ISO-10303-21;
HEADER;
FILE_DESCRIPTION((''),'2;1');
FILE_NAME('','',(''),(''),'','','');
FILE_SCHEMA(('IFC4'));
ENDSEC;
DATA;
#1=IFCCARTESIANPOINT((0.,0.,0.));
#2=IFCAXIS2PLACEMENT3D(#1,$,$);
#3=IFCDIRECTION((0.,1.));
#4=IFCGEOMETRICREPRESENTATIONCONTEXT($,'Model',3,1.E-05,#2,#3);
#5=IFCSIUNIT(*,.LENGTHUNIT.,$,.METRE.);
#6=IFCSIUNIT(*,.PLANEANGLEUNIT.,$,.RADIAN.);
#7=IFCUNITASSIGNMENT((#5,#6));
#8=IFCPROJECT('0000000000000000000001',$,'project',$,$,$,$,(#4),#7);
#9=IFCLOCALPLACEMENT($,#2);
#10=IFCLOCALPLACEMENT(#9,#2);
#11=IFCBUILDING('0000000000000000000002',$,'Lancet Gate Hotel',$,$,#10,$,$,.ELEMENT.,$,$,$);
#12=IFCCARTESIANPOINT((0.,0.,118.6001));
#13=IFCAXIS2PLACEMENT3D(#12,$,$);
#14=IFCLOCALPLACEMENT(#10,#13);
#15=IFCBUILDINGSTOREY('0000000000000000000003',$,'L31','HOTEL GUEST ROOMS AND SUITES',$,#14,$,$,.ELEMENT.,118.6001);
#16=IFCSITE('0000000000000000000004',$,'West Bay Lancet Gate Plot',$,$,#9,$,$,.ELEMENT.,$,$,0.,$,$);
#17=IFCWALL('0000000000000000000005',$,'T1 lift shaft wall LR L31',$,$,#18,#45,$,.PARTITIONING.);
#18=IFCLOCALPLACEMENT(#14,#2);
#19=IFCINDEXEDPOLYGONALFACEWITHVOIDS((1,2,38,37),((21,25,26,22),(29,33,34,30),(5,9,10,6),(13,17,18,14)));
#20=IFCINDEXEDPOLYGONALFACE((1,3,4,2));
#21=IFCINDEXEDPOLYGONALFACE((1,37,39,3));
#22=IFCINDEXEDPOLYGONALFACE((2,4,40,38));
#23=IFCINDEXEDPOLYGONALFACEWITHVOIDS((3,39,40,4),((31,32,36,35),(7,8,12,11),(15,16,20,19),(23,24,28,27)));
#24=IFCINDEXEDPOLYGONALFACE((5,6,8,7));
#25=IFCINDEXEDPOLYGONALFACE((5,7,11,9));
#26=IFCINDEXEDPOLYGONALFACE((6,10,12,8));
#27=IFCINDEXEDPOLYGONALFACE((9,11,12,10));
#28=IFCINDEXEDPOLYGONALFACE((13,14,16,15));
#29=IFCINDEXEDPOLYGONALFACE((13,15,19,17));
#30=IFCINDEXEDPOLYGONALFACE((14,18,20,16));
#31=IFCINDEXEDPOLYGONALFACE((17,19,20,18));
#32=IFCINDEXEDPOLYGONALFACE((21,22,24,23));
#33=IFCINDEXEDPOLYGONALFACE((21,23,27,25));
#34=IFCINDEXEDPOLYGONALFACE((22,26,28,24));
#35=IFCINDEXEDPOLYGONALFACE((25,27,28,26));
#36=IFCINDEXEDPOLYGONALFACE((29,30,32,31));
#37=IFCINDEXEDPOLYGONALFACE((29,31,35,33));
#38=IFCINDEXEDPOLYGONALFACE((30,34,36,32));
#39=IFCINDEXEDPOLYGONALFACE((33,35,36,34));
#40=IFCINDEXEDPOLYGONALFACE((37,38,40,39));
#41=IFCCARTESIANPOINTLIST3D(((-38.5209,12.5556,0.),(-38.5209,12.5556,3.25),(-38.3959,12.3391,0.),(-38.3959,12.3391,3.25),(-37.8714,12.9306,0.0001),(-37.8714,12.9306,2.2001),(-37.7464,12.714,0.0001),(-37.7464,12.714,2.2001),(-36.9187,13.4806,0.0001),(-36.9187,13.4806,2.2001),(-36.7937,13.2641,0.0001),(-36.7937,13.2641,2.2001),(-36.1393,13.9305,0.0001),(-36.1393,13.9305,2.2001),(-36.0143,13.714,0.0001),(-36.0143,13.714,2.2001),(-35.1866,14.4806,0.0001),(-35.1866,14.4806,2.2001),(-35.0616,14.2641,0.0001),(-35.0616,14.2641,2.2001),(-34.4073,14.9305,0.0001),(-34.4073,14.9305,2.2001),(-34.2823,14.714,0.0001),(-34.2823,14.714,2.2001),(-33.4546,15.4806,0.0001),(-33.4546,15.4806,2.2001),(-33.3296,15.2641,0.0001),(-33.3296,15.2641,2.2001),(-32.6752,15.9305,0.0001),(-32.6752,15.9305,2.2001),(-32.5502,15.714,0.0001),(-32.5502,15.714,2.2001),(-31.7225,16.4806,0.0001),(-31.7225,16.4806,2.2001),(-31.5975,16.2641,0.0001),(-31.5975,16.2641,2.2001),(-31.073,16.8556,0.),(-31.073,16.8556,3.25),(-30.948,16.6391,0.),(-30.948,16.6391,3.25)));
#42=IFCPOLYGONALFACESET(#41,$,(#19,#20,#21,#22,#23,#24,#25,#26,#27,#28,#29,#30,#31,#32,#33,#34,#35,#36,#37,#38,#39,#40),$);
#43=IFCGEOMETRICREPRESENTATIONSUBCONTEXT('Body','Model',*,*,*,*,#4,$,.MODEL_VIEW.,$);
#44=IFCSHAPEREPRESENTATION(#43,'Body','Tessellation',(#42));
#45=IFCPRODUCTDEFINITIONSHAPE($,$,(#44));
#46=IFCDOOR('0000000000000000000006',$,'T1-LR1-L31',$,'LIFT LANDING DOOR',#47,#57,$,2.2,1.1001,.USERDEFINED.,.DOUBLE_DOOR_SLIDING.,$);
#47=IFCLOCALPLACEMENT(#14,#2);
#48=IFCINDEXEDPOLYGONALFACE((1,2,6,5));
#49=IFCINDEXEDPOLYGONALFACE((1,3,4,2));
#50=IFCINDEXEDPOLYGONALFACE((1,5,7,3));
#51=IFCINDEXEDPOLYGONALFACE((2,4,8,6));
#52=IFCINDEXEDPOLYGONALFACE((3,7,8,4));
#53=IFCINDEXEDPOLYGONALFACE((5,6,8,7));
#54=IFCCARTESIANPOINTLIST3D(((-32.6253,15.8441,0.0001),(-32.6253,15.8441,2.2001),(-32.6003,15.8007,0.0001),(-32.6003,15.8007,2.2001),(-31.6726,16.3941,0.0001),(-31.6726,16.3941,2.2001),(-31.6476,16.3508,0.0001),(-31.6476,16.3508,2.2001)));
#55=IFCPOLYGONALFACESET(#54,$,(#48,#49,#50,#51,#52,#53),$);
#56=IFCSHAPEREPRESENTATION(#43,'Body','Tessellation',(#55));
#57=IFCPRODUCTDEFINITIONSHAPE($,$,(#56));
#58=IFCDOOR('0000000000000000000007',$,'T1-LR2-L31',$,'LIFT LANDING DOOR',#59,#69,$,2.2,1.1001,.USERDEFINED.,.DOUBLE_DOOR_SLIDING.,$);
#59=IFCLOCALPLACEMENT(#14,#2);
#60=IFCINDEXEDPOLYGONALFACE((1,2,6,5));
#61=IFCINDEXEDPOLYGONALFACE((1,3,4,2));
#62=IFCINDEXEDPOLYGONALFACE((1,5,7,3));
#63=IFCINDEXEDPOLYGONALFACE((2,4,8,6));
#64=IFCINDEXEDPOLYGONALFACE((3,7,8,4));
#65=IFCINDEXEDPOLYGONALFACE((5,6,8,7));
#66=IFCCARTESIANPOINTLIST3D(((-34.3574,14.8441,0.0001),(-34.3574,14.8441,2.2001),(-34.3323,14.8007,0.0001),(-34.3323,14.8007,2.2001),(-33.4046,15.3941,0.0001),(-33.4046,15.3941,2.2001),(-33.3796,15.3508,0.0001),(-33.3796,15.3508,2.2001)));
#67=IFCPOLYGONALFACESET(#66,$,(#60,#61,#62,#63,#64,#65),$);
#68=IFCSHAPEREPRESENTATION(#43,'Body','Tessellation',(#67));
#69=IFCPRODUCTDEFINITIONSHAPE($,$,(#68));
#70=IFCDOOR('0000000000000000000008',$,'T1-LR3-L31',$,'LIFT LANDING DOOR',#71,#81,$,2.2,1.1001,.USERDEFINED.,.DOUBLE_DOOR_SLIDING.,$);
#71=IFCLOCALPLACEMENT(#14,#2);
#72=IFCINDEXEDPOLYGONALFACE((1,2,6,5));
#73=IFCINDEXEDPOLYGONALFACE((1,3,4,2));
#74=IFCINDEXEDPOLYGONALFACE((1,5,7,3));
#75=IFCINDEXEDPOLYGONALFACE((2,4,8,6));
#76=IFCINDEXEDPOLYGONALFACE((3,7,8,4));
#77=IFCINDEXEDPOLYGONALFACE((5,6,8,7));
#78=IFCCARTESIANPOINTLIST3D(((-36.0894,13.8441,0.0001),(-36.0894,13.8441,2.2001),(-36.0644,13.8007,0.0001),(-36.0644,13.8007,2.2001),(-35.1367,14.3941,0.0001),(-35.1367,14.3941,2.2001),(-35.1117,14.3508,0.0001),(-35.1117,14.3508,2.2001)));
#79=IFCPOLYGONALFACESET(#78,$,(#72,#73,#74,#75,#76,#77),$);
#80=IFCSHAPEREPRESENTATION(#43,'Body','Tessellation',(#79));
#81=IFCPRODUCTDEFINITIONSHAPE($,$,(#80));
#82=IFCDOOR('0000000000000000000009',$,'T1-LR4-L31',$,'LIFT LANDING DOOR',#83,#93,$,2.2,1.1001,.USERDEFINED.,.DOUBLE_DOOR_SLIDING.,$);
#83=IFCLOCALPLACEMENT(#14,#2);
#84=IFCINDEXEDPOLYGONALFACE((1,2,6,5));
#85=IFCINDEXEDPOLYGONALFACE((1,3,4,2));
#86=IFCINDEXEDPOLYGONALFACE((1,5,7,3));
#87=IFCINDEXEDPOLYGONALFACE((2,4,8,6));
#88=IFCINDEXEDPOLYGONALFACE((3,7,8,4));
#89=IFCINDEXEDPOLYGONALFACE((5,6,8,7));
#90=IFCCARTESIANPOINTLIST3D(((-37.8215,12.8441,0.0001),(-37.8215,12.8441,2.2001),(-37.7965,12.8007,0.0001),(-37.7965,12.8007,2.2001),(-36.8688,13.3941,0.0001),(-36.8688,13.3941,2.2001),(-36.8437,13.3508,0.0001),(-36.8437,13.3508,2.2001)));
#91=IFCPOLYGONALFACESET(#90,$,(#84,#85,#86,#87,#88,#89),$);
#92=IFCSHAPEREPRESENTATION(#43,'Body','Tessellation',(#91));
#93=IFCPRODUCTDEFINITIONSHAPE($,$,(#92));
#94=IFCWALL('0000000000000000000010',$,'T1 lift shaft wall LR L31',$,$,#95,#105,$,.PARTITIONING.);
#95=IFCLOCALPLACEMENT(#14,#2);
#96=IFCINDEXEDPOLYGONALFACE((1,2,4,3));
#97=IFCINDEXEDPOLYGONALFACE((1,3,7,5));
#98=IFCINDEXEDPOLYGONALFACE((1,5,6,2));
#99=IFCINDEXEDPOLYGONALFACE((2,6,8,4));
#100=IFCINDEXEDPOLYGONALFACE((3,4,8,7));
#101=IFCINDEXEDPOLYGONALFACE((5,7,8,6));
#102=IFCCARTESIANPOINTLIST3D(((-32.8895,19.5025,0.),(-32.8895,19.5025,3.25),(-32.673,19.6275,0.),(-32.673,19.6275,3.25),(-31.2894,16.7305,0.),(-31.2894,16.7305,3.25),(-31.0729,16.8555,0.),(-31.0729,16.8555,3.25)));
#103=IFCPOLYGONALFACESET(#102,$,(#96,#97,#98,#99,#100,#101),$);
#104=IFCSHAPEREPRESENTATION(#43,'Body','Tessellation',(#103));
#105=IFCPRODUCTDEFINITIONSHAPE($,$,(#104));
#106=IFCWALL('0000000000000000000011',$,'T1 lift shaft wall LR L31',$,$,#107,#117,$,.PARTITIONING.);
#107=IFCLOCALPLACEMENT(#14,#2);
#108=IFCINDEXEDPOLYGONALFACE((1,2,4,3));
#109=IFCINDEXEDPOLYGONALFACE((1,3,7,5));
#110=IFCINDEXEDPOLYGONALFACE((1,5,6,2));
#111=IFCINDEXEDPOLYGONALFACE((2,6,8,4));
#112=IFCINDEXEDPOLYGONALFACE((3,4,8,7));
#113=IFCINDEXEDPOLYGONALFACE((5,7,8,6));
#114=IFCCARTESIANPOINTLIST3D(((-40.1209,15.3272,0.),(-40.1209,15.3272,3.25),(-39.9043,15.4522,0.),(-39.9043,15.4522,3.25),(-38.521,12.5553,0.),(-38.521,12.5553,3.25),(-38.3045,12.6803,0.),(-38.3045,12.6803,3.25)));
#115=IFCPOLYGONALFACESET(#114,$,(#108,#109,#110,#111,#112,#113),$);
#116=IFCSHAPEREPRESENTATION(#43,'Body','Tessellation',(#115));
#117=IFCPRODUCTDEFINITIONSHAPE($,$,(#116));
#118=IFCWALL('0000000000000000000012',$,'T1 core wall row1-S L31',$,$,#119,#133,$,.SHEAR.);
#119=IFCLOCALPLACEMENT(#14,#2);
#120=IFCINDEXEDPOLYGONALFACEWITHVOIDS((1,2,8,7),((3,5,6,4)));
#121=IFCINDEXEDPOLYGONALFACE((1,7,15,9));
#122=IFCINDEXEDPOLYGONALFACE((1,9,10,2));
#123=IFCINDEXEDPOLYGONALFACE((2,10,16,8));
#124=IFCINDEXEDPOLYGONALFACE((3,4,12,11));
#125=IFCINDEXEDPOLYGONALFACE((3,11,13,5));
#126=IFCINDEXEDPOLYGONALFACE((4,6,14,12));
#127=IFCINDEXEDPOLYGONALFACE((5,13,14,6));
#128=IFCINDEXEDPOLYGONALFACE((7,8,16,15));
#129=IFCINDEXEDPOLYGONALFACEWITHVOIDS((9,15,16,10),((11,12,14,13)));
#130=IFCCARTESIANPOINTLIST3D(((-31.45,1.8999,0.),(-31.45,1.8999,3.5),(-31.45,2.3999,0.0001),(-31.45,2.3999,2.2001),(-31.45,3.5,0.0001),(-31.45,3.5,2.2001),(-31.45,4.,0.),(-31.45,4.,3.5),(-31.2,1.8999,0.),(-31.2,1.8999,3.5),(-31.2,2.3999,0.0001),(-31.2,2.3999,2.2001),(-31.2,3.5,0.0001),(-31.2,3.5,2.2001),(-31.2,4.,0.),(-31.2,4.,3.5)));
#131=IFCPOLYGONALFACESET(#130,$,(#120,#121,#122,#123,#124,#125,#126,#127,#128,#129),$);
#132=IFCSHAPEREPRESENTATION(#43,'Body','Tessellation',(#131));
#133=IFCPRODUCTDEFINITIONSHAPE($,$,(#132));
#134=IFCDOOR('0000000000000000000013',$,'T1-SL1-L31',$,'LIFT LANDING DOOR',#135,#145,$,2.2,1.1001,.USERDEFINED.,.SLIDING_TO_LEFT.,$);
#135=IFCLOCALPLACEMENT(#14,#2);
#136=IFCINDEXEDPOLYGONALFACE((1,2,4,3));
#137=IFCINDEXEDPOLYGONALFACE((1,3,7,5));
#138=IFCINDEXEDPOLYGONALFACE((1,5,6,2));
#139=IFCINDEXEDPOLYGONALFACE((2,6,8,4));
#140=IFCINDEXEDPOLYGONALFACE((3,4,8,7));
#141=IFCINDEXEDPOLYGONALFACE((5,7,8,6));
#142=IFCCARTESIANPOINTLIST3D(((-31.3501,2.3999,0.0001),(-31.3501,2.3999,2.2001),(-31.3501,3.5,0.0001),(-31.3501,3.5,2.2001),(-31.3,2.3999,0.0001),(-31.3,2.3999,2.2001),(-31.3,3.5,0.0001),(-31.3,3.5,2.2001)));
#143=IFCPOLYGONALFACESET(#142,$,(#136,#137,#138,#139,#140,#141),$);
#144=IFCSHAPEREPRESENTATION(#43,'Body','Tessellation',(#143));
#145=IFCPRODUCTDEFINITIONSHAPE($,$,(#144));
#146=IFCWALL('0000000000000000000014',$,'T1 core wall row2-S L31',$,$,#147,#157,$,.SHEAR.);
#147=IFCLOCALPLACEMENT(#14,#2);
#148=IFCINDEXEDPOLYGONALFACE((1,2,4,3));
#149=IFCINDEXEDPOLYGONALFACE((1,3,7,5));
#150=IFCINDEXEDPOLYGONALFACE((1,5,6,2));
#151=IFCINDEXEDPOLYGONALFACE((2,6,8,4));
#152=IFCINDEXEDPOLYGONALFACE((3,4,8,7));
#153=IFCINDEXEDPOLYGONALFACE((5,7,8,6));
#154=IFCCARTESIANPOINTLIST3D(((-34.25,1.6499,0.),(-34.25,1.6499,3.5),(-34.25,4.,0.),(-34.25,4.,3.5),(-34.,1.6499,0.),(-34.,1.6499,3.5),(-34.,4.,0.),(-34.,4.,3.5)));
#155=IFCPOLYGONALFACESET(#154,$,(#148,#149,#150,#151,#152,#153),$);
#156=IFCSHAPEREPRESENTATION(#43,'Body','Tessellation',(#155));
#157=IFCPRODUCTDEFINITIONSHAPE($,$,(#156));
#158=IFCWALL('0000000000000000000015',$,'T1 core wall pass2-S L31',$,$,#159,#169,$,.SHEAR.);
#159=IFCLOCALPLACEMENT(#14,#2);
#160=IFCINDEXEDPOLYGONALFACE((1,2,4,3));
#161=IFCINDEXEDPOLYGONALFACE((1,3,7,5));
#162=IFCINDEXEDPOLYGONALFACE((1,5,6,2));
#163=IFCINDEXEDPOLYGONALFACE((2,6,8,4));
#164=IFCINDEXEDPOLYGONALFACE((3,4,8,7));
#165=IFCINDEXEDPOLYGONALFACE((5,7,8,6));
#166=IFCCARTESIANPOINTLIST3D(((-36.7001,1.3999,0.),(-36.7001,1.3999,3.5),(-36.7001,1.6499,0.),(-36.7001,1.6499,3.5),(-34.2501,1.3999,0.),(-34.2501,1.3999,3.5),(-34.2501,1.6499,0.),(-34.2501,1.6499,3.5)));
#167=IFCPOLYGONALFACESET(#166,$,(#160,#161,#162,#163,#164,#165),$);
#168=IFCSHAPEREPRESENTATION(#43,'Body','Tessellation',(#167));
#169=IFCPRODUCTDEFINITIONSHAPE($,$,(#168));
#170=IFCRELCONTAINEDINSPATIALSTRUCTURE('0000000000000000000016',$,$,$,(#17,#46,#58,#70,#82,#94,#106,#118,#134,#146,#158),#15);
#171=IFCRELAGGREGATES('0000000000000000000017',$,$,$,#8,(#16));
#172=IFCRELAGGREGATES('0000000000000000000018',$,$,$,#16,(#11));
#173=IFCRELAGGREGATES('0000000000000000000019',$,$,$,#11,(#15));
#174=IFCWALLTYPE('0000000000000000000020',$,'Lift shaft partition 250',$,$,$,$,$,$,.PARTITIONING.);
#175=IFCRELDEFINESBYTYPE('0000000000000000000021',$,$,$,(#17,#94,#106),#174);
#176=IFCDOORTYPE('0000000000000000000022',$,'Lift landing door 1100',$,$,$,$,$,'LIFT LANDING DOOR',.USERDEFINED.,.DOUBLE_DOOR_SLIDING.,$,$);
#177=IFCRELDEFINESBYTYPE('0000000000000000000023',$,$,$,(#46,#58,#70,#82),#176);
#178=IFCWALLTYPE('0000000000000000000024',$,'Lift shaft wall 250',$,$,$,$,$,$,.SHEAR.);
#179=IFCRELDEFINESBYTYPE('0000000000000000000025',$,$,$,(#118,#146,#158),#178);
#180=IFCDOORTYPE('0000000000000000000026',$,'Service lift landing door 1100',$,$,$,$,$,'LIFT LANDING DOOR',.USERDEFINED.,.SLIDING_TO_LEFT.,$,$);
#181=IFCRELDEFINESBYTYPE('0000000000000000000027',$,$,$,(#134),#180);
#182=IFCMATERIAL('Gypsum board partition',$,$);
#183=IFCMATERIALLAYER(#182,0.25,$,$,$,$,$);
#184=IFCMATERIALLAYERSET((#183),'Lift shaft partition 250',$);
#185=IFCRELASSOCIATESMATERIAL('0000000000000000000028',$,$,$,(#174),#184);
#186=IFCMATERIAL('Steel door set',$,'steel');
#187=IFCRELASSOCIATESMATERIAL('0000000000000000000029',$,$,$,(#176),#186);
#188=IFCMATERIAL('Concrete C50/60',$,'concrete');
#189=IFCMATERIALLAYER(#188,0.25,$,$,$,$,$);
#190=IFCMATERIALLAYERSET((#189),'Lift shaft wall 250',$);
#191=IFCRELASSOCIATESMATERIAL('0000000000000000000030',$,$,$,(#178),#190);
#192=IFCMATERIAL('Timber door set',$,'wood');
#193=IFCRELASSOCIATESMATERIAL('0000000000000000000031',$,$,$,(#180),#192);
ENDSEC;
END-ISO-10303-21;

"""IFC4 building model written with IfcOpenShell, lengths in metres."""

from ifc_helpers import new_model, si_unit, direction, frame, frame_2d, origin, place, context, subcontext, project, spatial, rectangle, extrude, material, layer, layer_set, type_object, element, fill, save


model = new_model("IFC4")

# Units and contexts
model_context = context("Model", 3, precision=1e-05, world=origin(), true_north=direction((0.0, 1.0)))
body_context = subcontext(model_context, "Body", "Model", "MODEL_VIEW")
ifc_project = project(units=[si_unit("LENGTHUNIT", "METRE"), si_unit("PLANEANGLEUNIT", "RADIAN")], contexts=[model_context])

# Site, building, storey
site_placement = place(None, origin())
site = spatial("IfcSite", under=ifc_project, at=site_placement, Name="West Bay Lancet Gate Plot", CompositionType="ELEMENT", RefElevation=0.0)
building_placement = place(site_placement, origin())
building = spatial("IfcBuilding", under=site, at=building_placement, Name="Lancet Gate Hotel", CompositionType="ELEMENT")
storey_placement = place(building_placement, frame((0.0, 0.0, 118.6001)))
storey = spatial("IfcBuildingStorey", under=building, at=storey_placement, Name="L31", Description="HOTEL GUEST ROOMS AND SUITES", CompositionType="ELEMENT", Elevation=118.6001)

# Wall, openings, doors
ifc_material_1 = material(Name="Gypsum board partition")
ifc_layer_1 = layer(ifc_material_1, 0.25)
ifc_layer_set_1 = layer_set([ifc_layer_1], Name="Lift shaft partition 250")
wall_type_1 = type_object("IfcWallType", Name="Lift shaft partition 250", PredefinedType="PARTITIONING", material=ifc_layer_set_1)
wall_1_placement = place(storey_placement, frame((-31.0105, 16.7473, 0.0), z_axis=(0.0, 0.0, 1.0), x_axis=(-0.866028, -0.499995, 0.0)))
wall_1 = element("IfcWall", 1, at=wall_1_placement, inside=storey, type_object=wall_type_1, Name="T1 lift shaft wall LR L31", PredefinedType="PARTITIONING", context=body_context, shape_type="SweptSolid", body=[
    extrude(rectangle(XDim=8.6001, YDim=0.25, at=frame_2d((4.3, 0.0))), origin(), (0.0, 0.0, 1.0), 3.25),
])
opening_1_placement = place(wall_1_placement, frame((0.75, 0.0, 0.0)))
opening_1 = element("IfcOpeningElement", 2, at=opening_1_placement, cuts=wall_1, PredefinedType="OPENING", context=body_context, shape_type="SweptSolid", body=[
    extrude(rectangle(XDim=1.1001, YDim=2.2, at=frame_2d((0.55, 1.1001))), frame((0.0, 0.135, 0.0), z_axis=(0.0, -1.0, 0.0), x_axis=(1.0, 0.0, 0.0)), (0.0, 0.0, 1.0), 0.27),
])
opening_2_placement = place(wall_1_placement, frame((2.75, 0.0, 0.0)))
opening_2 = element("IfcOpeningElement", 3, at=opening_2_placement, cuts=wall_1, PredefinedType="OPENING", context=body_context, shape_type="SweptSolid", body=[
    extrude(rectangle(XDim=1.1001, YDim=2.2, at=frame_2d((0.55, 1.1001))), frame((0.0, 0.135, 0.0), z_axis=(0.0, -1.0, 0.0), x_axis=(1.0, 0.0, 0.0)), (0.0, 0.0, 1.0), 0.27),
])
opening_3_placement = place(wall_1_placement, frame((4.75, 0.0, 0.0)))
opening_3 = element("IfcOpeningElement", 4, at=opening_3_placement, cuts=wall_1, PredefinedType="OPENING", context=body_context, shape_type="SweptSolid", body=[
    extrude(rectangle(XDim=1.1001, YDim=2.2, at=frame_2d((0.55, 1.1001))), frame((0.0, 0.135, 0.0), z_axis=(0.0, -1.0, 0.0), x_axis=(1.0, 0.0, 0.0)), (0.0, 0.0, 1.0), 0.27),
])
opening_4_placement = place(wall_1_placement, frame((6.75, 0.0, 0.0)))
opening_4 = element("IfcOpeningElement", 5, at=opening_4_placement, cuts=wall_1, PredefinedType="OPENING", context=body_context, shape_type="SweptSolid", body=[
    extrude(rectangle(XDim=1.1001, YDim=2.2, at=frame_2d((0.55, 1.1001))), frame((0.0, 0.135, 0.0), z_axis=(0.0, -1.0, 0.0), x_axis=(1.0, 0.0, 0.0)), (0.0, 0.0, 1.0), 0.27),
])
ifc_material_2 = material(Name="Steel door set", Category="steel")
door_type_1 = type_object("IfcDoorType", Name="Lift landing door 1100", ElementType="LIFT LANDING DOOR", OperationType="DOUBLE_DOOR_SLIDING", PredefinedType="USERDEFINED", material=ifc_material_2)
door_1_placement = place(opening_1_placement, origin())
door_1 = element("IfcDoor", 6, at=door_1_placement, inside=storey, type_object=door_type_1, Name="T1-LR1-L31", ObjectType="LIFT LANDING DOOR", OperationType="DOUBLE_DOOR_SLIDING", OverallHeight=2.2, OverallWidth=1.1001, PredefinedType="USERDEFINED", context=body_context, shape_type="SweptSolid", body=[
    extrude(rectangle(XDim=1.1001, YDim=2.2, at=frame_2d((0.55, 1.1001))), frame((0.0, 0.0249, 0.0), z_axis=(0.0, -1.0, 0.0), x_axis=(1.0, 0.0, 0.0)), (0.0, 0.0, 1.0), 0.05),
])
fill(opening_1, door_1)
door_2_placement = place(opening_2_placement, origin())
door_2 = element("IfcDoor", 7, at=door_2_placement, inside=storey, type_object=door_type_1, Name="T1-LR2-L31", ObjectType="LIFT LANDING DOOR", OperationType="DOUBLE_DOOR_SLIDING", OverallHeight=2.2, OverallWidth=1.1001, PredefinedType="USERDEFINED", context=body_context, shape_type="SweptSolid", body=[
    extrude(rectangle(XDim=1.1001, YDim=2.2, at=frame_2d((0.55, 1.1001))), frame((0.0, 0.0249, 0.0), z_axis=(0.0, -1.0, 0.0), x_axis=(1.0, 0.0, 0.0)), (0.0, 0.0, 1.0), 0.05),
])
fill(opening_2, door_2)
door_3_placement = place(opening_3_placement, origin())
door_3 = element("IfcDoor", 8, at=door_3_placement, inside=storey, type_object=door_type_1, Name="T1-LR3-L31", ObjectType="LIFT LANDING DOOR", OperationType="DOUBLE_DOOR_SLIDING", OverallHeight=2.2, OverallWidth=1.1001, PredefinedType="USERDEFINED", context=body_context, shape_type="SweptSolid", body=[
    extrude(rectangle(XDim=1.1001, YDim=2.2, at=frame_2d((0.55, 1.1001))), frame((0.0, 0.0249, 0.0), z_axis=(0.0, -1.0, 0.0), x_axis=(1.0, 0.0, 0.0)), (0.0, 0.0, 1.0), 0.05),
])
fill(opening_3, door_3)
door_4_placement = place(opening_4_placement, origin())
door_4 = element("IfcDoor", 9, at=door_4_placement, inside=storey, type_object=door_type_1, Name="T1-LR4-L31", ObjectType="LIFT LANDING DOOR", OperationType="DOUBLE_DOOR_SLIDING", OverallHeight=2.2, OverallWidth=1.1001, PredefinedType="USERDEFINED", context=body_context, shape_type="SweptSolid", body=[
    extrude(rectangle(XDim=1.1001, YDim=2.2, at=frame_2d((0.55, 1.1001))), frame((0.0, 0.0249, 0.0), z_axis=(0.0, -1.0, 0.0), x_axis=(1.0, 0.0, 0.0)), (0.0, 0.0, 1.0), 0.05),
])
fill(opening_4, door_4)

# Walls
wall_2_placement = place(storey_placement, frame((-31.1812, 16.793, 0.0), z_axis=(0.0, 0.0, 1.0), x_axis=(-0.499929, 0.866066, 0.0)))
element("IfcWall", 10, at=wall_2_placement, inside=storey, type_object=wall_type_1, Name="T1 lift shaft wall LR L31", PredefinedType="PARTITIONING", context=body_context, shape_type="SweptSolid", body=[
    extrude(rectangle(XDim=3.2007, YDim=0.25, at=frame_2d((1.6003, 0.0))), origin(), (0.0, 0.0, 1.0), 3.25),
])
wall_3_placement = place(storey_placement, frame((-38.4128, 12.6179, 0.0), z_axis=(0.0, 0.0, 1.0), x_axis=(-0.499872, 0.866099, 0.0)))
element("IfcWall", 11, at=wall_3_placement, inside=storey, type_object=wall_type_1, Name="T1 lift shaft wall LR L31", PredefinedType="PARTITIONING", context=body_context, shape_type="SweptSolid", body=[
    extrude(rectangle(XDim=3.2004, YDim=0.25, at=frame_2d((1.6001, 0.0))), origin(), (0.0, 0.0, 1.0), 3.25),
])

# Wall, opening, door
ifc_material_3 = material(Name="Concrete C50/60", Category="concrete")
ifc_layer_2 = layer(ifc_material_3, 0.25)
ifc_layer_set_2 = layer_set([ifc_layer_2], Name="Lift shaft wall 250")
wall_type_2 = type_object("IfcWallType", Name="Lift shaft wall 250", PredefinedType="SHEAR", material=ifc_layer_set_2)
wall_4_placement = place(storey_placement, frame((-31.325, 4.0, 0.0), z_axis=(0.0, 0.0, 1.0), x_axis=(0.0, -1.0, 0.0)))
wall_4 = element("IfcWall", 12, at=wall_4_placement, inside=storey, type_object=wall_type_2, Name="T1 core wall row1-S L31", PredefinedType="SHEAR", context=body_context, shape_type="SweptSolid", body=[
    extrude(rectangle(XDim=2.1001, YDim=0.25, at=frame_2d((1.05, 0.0))), origin(), (0.0, 0.0, 1.0), 3.5),
])
opening_5_placement = place(wall_4_placement, frame((0.5, 0.0, 0.0)))
opening_5 = element("IfcOpeningElement", 13, at=opening_5_placement, cuts=wall_4, PredefinedType="OPENING", context=body_context, shape_type="SweptSolid", body=[
    extrude(rectangle(XDim=1.1001, YDim=2.2, at=frame_2d((0.55, 1.1001))), frame((0.0, 0.135, 0.0), z_axis=(0.0, -1.0, 0.0), x_axis=(1.0, 0.0, 0.0)), (0.0, 0.0, 1.0), 0.27),
])
ifc_material_4 = material(Name="Timber door set", Category="wood")
door_type_2 = type_object("IfcDoorType", Name="Service lift landing door 1100", ElementType="LIFT LANDING DOOR", OperationType="SLIDING_TO_LEFT", PredefinedType="USERDEFINED", material=ifc_material_4)
door_5_placement = place(opening_5_placement, origin())
door_5 = element("IfcDoor", 14, at=door_5_placement, inside=storey, type_object=door_type_2, Name="T1-SL1-L31", ObjectType="LIFT LANDING DOOR", OperationType="SLIDING_TO_LEFT", OverallHeight=2.2, OverallWidth=1.1001, PredefinedType="USERDEFINED", context=body_context, shape_type="SweptSolid", body=[
    extrude(rectangle(XDim=1.1001, YDim=2.2, at=frame_2d((0.55, 1.1001))), frame((0.0, 0.0249, 0.0), z_axis=(0.0, -1.0, 0.0), x_axis=(1.0, 0.0, 0.0)), (0.0, 0.0, 1.0), 0.05),
])
fill(opening_5, door_5)

# Walls
wall_5_placement = place(storey_placement, frame((-34.125, 4.0, 0.0), z_axis=(0.0, 0.0, 1.0), x_axis=(0.0, -1.0, 0.0)))
element("IfcWall", 15, at=wall_5_placement, inside=storey, type_object=wall_type_2, Name="T1 core wall row2-S L31", PredefinedType="SHEAR", context=body_context, shape_type="SweptSolid", body=[
    extrude(rectangle(XDim=2.3501, YDim=0.25, at=frame_2d((1.175, 0.0))), origin(), (0.0, 0.0, 1.0), 3.5),
])
wall_6_placement = place(storey_placement, frame((-34.25, 1.5249, 0.0), z_axis=(0.0, 0.0, 1.0), x_axis=(-1.0, 0.0, 0.0)))
element("IfcWall", 16, at=wall_6_placement, inside=storey, type_object=wall_type_2, Name="T1 core wall pass2-S L31", PredefinedType="SHEAR", context=body_context, shape_type="SweptSolid", body=[
    extrude(rectangle(XDim=2.45, YDim=0.25, at=frame_2d((1.2251, 0.0))), origin(), (0.0, 0.0, 1.0), 3.5),
])

save(model, "model.ifc")
